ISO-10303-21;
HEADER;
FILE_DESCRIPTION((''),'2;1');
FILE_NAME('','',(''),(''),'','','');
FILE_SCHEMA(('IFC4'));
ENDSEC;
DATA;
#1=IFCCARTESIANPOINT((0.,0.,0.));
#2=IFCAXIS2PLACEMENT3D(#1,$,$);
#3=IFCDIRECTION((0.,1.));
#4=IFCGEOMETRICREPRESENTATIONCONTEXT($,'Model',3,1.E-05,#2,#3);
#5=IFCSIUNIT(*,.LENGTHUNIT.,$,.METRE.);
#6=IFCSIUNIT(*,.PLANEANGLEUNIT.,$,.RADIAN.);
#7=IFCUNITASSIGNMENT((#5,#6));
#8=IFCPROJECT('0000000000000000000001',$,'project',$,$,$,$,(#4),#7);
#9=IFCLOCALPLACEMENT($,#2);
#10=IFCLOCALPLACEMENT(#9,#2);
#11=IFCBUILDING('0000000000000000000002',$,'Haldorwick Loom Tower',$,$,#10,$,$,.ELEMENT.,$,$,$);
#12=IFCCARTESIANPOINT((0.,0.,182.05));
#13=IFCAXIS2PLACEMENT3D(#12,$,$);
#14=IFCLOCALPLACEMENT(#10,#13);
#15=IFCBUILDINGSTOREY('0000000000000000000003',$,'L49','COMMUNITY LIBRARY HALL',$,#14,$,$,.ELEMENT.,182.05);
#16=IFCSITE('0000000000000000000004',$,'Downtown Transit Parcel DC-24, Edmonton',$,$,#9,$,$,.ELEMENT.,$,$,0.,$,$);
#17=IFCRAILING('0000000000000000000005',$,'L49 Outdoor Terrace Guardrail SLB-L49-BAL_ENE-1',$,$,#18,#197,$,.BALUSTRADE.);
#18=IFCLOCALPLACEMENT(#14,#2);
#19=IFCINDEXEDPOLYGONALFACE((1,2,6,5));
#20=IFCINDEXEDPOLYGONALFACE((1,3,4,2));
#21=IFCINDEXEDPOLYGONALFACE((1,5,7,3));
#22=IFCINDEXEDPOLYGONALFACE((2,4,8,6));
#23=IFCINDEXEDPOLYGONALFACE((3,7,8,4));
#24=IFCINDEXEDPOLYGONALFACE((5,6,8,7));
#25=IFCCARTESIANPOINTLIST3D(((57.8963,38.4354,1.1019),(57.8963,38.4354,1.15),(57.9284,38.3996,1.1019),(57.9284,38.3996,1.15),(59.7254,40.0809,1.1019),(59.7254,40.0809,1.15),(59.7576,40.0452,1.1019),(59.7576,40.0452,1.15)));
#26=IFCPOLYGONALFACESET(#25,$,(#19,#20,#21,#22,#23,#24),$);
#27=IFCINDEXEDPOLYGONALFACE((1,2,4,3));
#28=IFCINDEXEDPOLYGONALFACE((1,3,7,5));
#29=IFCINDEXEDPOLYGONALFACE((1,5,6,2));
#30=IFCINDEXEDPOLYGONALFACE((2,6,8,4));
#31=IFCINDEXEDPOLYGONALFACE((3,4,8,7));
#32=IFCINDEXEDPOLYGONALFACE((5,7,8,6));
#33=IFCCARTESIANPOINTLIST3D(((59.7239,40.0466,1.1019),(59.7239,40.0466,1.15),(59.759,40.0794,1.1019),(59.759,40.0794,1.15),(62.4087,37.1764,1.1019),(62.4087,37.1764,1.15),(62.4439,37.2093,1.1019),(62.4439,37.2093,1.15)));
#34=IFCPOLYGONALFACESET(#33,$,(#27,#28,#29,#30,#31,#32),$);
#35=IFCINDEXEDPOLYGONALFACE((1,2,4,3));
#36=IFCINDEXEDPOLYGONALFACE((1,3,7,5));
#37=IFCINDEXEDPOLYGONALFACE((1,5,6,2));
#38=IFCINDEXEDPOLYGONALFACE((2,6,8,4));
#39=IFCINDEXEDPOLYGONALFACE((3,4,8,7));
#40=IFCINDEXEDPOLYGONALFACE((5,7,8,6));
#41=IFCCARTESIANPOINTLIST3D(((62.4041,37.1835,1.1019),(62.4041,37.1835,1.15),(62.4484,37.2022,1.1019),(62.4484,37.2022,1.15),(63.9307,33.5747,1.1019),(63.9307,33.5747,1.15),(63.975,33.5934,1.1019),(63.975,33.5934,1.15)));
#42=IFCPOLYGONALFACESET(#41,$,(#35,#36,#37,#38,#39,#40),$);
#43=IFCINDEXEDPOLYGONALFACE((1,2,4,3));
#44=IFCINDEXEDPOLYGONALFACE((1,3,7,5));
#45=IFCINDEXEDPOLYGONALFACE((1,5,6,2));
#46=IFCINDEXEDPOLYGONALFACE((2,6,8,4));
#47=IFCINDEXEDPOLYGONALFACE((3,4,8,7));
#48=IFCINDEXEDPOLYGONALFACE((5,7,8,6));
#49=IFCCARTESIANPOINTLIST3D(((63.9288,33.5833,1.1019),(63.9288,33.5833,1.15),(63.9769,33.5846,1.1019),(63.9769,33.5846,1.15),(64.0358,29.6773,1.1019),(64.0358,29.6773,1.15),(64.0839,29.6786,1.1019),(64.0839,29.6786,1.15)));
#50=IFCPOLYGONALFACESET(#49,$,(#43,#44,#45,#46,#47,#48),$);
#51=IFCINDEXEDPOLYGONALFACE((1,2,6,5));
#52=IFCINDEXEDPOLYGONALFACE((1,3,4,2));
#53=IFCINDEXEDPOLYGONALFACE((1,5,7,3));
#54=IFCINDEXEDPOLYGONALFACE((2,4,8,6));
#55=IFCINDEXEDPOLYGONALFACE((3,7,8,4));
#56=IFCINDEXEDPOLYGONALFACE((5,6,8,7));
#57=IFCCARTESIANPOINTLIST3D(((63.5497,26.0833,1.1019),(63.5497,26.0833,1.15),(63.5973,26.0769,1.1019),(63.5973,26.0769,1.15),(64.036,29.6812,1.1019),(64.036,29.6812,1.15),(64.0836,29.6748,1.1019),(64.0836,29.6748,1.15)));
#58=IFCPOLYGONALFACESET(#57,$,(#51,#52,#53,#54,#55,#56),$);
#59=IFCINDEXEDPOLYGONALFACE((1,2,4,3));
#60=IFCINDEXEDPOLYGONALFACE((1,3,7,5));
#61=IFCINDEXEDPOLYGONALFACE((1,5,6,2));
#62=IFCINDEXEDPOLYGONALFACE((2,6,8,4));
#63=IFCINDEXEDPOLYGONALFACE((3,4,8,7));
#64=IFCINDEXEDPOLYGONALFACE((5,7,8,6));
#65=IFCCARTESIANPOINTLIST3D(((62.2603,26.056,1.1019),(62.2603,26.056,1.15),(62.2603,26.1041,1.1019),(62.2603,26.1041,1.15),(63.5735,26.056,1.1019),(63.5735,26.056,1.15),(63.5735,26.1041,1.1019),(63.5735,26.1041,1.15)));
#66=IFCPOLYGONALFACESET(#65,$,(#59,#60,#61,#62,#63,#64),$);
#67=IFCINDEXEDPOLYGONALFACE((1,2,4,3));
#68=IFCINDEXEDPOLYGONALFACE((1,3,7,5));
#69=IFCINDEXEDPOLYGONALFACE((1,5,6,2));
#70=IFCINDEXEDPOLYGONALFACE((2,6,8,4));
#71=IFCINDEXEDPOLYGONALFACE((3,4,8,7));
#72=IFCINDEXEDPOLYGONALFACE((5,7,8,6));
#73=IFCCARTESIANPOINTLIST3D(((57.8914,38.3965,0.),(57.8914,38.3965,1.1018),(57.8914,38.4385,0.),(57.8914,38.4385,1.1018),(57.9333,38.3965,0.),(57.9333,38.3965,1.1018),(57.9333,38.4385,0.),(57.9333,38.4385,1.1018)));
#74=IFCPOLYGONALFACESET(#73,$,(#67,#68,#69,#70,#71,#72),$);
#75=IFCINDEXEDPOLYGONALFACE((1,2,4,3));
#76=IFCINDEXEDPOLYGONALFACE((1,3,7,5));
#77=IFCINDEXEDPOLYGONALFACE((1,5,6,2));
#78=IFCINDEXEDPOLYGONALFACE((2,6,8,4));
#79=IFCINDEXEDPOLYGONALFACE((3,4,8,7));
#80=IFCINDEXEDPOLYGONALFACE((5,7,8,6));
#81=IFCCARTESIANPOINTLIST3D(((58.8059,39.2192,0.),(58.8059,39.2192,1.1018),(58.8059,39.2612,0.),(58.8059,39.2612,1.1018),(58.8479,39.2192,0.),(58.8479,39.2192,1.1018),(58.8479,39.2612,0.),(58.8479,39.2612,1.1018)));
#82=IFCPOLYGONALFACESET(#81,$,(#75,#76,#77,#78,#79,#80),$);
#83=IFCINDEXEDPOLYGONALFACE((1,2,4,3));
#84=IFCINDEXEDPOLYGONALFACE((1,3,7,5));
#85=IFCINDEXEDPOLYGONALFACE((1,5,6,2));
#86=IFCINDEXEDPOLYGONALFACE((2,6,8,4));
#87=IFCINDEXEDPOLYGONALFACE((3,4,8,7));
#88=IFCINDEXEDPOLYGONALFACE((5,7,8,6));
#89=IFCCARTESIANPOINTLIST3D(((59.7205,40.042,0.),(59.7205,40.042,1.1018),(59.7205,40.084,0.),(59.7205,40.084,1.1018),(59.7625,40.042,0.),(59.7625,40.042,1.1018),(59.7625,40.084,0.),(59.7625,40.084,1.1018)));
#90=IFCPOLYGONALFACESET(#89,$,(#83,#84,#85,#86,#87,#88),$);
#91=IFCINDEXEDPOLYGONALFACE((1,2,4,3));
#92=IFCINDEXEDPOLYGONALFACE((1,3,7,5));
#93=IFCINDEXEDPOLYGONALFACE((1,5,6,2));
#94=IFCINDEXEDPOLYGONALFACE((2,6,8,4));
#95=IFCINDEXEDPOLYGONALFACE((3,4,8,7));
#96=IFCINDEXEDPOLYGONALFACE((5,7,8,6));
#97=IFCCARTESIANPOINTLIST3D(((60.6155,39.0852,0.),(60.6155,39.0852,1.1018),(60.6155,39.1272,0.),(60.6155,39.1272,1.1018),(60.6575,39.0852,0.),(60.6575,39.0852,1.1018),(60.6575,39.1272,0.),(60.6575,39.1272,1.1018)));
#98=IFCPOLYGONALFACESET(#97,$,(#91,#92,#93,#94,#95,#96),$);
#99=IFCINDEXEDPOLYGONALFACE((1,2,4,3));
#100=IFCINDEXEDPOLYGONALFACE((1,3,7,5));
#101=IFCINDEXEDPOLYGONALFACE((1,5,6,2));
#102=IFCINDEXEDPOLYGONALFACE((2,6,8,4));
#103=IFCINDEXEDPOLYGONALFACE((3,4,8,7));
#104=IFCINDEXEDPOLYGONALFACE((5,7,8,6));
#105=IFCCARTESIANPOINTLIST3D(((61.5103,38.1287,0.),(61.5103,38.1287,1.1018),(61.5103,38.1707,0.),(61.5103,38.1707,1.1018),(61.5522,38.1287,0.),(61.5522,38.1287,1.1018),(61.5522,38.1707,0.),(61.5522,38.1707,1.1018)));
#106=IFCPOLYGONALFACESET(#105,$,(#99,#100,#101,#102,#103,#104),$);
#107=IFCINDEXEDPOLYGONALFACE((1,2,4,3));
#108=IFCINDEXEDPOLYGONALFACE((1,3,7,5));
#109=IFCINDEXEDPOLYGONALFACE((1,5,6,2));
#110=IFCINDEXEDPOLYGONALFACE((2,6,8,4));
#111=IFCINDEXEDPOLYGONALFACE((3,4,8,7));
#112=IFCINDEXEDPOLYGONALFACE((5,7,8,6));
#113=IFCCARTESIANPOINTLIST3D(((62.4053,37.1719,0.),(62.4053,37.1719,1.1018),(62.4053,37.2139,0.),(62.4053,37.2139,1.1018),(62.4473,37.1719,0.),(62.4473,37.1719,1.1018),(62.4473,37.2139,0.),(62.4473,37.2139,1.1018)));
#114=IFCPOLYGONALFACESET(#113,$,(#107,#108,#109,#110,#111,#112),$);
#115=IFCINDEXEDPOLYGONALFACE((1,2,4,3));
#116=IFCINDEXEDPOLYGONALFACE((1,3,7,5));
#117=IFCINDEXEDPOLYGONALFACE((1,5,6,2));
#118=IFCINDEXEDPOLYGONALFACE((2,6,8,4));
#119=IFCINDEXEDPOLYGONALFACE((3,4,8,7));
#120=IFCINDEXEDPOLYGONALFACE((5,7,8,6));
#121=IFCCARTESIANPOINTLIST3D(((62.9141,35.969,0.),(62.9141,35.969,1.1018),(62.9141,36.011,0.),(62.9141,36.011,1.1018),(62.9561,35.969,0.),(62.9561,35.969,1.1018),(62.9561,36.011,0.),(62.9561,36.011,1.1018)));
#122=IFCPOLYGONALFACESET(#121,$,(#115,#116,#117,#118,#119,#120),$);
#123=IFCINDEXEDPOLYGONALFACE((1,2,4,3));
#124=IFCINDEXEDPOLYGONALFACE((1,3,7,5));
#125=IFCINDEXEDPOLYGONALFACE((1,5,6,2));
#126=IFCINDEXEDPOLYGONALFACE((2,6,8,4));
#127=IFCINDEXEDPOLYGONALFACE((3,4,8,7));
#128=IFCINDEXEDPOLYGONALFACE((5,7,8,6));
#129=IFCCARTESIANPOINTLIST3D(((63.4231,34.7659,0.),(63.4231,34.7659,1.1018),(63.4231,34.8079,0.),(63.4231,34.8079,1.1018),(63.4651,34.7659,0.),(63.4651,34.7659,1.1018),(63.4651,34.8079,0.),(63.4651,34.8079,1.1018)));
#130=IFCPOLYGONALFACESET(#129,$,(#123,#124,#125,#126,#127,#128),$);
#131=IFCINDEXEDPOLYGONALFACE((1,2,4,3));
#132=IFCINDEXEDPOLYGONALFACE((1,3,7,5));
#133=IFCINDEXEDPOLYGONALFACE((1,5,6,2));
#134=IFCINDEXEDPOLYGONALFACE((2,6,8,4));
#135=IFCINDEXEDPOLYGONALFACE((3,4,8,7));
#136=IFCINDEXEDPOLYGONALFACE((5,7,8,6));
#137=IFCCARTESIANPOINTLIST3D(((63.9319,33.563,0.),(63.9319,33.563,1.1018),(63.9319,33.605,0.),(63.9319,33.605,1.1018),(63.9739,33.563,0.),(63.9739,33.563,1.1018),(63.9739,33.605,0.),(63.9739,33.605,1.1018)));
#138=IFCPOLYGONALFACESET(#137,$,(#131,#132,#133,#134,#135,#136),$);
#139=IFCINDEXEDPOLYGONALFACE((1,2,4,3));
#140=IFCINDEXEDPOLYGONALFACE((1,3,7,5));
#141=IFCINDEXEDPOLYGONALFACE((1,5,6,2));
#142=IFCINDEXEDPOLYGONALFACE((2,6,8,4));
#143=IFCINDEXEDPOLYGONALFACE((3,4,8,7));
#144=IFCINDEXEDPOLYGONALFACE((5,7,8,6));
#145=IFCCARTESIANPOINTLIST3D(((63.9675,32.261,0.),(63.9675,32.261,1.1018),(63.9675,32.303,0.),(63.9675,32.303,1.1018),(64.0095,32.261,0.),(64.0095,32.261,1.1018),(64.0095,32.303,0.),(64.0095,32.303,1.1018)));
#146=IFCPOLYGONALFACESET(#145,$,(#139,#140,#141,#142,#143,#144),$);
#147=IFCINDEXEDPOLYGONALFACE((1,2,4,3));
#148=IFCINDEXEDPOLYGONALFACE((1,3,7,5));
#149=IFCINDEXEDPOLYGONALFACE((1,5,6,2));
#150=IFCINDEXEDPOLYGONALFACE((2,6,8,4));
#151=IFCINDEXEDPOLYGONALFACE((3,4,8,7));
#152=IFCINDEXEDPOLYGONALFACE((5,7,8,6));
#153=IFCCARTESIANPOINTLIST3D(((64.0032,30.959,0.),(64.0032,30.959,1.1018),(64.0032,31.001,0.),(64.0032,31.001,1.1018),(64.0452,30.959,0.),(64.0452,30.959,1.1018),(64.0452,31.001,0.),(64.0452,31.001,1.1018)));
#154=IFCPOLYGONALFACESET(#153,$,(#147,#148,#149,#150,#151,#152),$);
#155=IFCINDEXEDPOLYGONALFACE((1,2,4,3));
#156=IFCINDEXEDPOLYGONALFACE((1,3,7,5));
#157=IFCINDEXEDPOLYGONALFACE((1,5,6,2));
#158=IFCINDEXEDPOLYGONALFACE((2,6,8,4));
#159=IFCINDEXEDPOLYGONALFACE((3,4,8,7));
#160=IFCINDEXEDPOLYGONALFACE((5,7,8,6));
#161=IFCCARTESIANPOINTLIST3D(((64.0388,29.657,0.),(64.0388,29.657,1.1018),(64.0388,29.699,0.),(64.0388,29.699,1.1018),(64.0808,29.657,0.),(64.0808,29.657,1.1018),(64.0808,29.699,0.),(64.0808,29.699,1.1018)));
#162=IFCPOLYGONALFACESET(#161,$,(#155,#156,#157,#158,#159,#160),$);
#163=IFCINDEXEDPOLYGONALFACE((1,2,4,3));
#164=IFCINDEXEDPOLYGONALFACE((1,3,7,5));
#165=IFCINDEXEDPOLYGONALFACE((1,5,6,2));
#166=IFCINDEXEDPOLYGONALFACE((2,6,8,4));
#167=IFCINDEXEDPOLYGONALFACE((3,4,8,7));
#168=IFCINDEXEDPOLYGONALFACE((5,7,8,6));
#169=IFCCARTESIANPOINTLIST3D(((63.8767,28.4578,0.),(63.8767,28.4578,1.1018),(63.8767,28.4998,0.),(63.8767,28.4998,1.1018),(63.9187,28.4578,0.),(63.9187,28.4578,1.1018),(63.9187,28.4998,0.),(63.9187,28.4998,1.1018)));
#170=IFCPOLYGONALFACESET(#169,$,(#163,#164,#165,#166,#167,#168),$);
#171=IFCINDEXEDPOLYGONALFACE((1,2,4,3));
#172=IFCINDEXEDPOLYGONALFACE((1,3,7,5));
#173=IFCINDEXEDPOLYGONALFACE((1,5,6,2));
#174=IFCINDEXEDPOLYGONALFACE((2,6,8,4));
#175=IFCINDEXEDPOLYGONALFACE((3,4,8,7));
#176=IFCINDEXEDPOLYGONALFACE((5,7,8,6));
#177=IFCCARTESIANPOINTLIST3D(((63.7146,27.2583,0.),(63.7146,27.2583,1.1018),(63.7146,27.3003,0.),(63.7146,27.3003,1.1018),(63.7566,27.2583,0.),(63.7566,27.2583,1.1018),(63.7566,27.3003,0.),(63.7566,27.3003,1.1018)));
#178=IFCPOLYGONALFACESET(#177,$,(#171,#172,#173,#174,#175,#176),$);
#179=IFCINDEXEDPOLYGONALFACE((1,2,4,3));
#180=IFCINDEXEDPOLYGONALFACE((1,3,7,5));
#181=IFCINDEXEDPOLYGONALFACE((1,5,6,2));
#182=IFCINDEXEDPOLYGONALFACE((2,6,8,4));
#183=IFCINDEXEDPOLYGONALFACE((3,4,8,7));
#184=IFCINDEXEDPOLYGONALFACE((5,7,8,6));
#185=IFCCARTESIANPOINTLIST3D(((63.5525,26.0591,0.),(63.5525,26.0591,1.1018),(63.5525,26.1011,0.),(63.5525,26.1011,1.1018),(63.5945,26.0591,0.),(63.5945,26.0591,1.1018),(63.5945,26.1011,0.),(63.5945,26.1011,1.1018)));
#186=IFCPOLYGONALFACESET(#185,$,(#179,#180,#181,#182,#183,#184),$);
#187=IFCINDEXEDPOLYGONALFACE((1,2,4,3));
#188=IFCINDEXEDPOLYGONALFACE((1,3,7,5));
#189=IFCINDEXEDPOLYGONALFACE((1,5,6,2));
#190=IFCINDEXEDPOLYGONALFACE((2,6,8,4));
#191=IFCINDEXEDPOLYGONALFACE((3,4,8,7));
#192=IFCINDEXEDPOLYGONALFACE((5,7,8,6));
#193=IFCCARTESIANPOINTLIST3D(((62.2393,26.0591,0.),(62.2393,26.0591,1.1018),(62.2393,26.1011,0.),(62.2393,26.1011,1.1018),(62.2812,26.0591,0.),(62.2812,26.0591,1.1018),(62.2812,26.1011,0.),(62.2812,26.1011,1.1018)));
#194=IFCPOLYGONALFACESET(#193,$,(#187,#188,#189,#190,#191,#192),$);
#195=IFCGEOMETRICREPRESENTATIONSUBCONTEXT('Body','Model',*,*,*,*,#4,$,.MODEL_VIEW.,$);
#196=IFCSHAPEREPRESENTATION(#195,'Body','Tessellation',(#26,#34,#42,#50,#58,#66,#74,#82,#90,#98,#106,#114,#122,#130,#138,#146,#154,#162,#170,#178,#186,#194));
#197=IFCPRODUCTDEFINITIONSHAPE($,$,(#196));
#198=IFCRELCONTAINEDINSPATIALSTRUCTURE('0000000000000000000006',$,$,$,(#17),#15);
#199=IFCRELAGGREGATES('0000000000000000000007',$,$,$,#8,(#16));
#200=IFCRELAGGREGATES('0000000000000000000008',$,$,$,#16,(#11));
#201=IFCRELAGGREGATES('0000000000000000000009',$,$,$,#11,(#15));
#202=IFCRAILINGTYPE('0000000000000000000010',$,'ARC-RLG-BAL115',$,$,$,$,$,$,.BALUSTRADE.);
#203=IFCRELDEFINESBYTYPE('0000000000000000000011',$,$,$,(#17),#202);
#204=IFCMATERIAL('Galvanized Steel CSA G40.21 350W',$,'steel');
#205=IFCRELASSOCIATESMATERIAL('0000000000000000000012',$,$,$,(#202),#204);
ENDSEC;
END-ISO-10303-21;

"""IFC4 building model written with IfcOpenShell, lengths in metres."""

from ifc_helpers import new_model, si_unit, direction, frame, origin, origin_2d, place, context, subcontext, project, spatial, rectangle, extrude, material, type_object, element, save


model = new_model("IFC4")

# Units and contexts
model_context = context("Model", 3, precision=1e-05, world=origin(), true_north=direction((0.0, 1.0)))
body_context = subcontext(model_context, "Body", "Model", "MODEL_VIEW")
ifc_project = project(units=[si_unit("LENGTHUNIT", "METRE"), si_unit("PLANEANGLEUNIT", "RADIAN")], contexts=[model_context])

# Site, building, storey
site_placement = place(None, origin())
site = spatial("IfcSite", under=ifc_project, at=site_placement, Name="Downtown Transit Parcel DC-24, Edmonton", CompositionType="ELEMENT", RefElevation=0.0)
building_placement = place(site_placement, origin())
building = spatial("IfcBuilding", under=site, at=building_placement, Name="Haldorwick Loom Tower", CompositionType="ELEMENT")
storey_placement = place(building_placement, frame((0.0, 0.0, 182.05)))
storey = spatial("IfcBuildingStorey", under=building, at=storey_placement, Name="L49", Description="COMMUNITY LIBRARY HALL", CompositionType="ELEMENT", Elevation=182.05)

# Railing
ifc_material_1 = material(Name="Galvanized Steel CSA G40.21 350W", Category="steel")
railing_type = type_object("IfcRailingType", Name="ARC-RLG-BAL115", PredefinedType="BALUSTRADE", material=ifc_material_1)
railing_placement = place(storey_placement, frame((57.9124, 38.4175, 0.0)))
element("IfcRailing", 1, at=railing_placement, inside=storey, type_object=railing_type, Name="L49 Outdoor Terrace Guardrail SLB-L49-BAL_ENE-1", PredefinedType="BALUSTRADE", context=body_context, shape_type="SweptSolid", body=[
    extrude(rectangle(XDim=0.0481, YDim=0.0481, at=origin_2d()), frame((0.0, 0.0, 1.126), z_axis=(0.743432, 0.668811, 0.0), x_axis=(-0.668811, 0.743432, 0.0)), (0.0, 0.0, 1.0), 2.4604),
    extrude(rectangle(XDim=0.0481, YDim=0.0481, at=origin_2d()), frame((1.8291, 1.6455, 1.126), z_axis=(0.683139, -0.730288, 0.0), x_axis=(0.730288, 0.683139, 0.0)), (0.0, 0.0, 1.0), 3.9302),
    extrude(rectangle(XDim=0.0481, YDim=0.0481, at=origin_2d()), frame((4.5139, -1.2246, 1.126), z_axis=(0.389591, -0.920988, 0.0), x_axis=(0.920988, 0.389591, 0.0)), (0.0, 0.0, 1.0), 3.9185),
    extrude(rectangle(XDim=0.0481, YDim=0.0481, at=origin_2d()), frame((6.0405, -4.8335, 1.126), z_axis=(0.027366, -0.999625, 0.0), x_axis=(0.999625, 0.027366, 0.0)), (0.0, 0.0, 1.0), 3.9075),
    extrude(rectangle(XDim=0.0481, YDim=0.0481, at=origin_2d()), frame((6.1475, -8.7395, 1.126), z_axis=(-0.133952, -0.990988, 0.0), x_axis=(0.990988, -0.133952, 0.0)), (0.0, 0.0, 1.0), 3.6306),
    extrude(rectangle(XDim=0.0481, YDim=0.0481, at=origin_2d()), frame((5.6611, -12.3374, 1.126), z_axis=(-1.0, 0.0, 0.0), x_axis=(0.0, -1.0, 0.0)), (0.0, 0.0, 1.0), 1.3132),
    extrude(rectangle(XDim=0.042, YDim=0.042, at=origin_2d()), origin(), (0.0, 0.0, 1.0), 1.1018),
    extrude(rectangle(XDim=0.042, YDim=0.042, at=origin_2d()), frame((0.9146, 0.8228, 0.0)), (0.0, 0.0, 1.0), 1.1018),
    extrude(rectangle(XDim=0.042, YDim=0.042, at=origin_2d()), frame((1.8291, 1.6455, 0.0)), (0.0, 0.0, 1.0), 1.1018),
    extrude(rectangle(XDim=0.042, YDim=0.042, at=origin_2d()), frame((2.7241, 0.6887, 0.0)), (0.0, 0.0, 1.0), 1.1018),
    extrude(rectangle(XDim=0.042, YDim=0.042, at=origin_2d()), frame((3.6189, -0.2678, 0.0)), (0.0, 0.0, 1.0), 1.1018),
    extrude(rectangle(XDim=0.042, YDim=0.042, at=origin_2d()), frame((4.5139, -1.2246, 0.0)), (0.0, 0.0, 1.0), 1.1018),
    extrude(rectangle(XDim=0.042, YDim=0.042, at=origin_2d()), frame((5.0227, -2.4275, 0.0)), (0.0, 0.0, 1.0), 1.1018),
    extrude(rectangle(XDim=0.042, YDim=0.042, at=origin_2d()), frame((5.5317, -3.6306, 0.0)), (0.0, 0.0, 1.0), 1.1018),
    extrude(rectangle(XDim=0.042, YDim=0.042, at=origin_2d()), frame((6.0405, -4.8335, 0.0)), (0.0, 0.0, 1.0), 1.1018),
    extrude(rectangle(XDim=0.042, YDim=0.042, at=origin_2d()), frame((6.0762, -6.1355, 0.0)), (0.0, 0.0, 1.0), 1.1018),
    extrude(rectangle(XDim=0.042, YDim=0.042, at=origin_2d()), frame((6.1118, -7.4375, 0.0)), (0.0, 0.0, 1.0), 1.1018),
    extrude(rectangle(XDim=0.042, YDim=0.042, at=origin_2d()), frame((6.1475, -8.7395, 0.0)), (0.0, 0.0, 1.0), 1.1018),
    extrude(rectangle(XDim=0.042, YDim=0.042, at=origin_2d()), frame((5.9854, -9.9387, 0.0)), (0.0, 0.0, 1.0), 1.1018),
    extrude(rectangle(XDim=0.042, YDim=0.042, at=origin_2d()), frame((5.8232, -11.1382, 0.0)), (0.0, 0.0, 1.0), 1.1018),
    extrude(rectangle(XDim=0.042, YDim=0.042, at=origin_2d()), frame((5.6611, -12.3374, 0.0)), (0.0, 0.0, 1.0), 1.1018),
    extrude(rectangle(XDim=0.042, YDim=0.042, at=origin_2d()), frame((4.3479, -12.3374, 0.0)), (0.0, 0.0, 1.0), 1.1018),
])

save(model, "model.ifc")
